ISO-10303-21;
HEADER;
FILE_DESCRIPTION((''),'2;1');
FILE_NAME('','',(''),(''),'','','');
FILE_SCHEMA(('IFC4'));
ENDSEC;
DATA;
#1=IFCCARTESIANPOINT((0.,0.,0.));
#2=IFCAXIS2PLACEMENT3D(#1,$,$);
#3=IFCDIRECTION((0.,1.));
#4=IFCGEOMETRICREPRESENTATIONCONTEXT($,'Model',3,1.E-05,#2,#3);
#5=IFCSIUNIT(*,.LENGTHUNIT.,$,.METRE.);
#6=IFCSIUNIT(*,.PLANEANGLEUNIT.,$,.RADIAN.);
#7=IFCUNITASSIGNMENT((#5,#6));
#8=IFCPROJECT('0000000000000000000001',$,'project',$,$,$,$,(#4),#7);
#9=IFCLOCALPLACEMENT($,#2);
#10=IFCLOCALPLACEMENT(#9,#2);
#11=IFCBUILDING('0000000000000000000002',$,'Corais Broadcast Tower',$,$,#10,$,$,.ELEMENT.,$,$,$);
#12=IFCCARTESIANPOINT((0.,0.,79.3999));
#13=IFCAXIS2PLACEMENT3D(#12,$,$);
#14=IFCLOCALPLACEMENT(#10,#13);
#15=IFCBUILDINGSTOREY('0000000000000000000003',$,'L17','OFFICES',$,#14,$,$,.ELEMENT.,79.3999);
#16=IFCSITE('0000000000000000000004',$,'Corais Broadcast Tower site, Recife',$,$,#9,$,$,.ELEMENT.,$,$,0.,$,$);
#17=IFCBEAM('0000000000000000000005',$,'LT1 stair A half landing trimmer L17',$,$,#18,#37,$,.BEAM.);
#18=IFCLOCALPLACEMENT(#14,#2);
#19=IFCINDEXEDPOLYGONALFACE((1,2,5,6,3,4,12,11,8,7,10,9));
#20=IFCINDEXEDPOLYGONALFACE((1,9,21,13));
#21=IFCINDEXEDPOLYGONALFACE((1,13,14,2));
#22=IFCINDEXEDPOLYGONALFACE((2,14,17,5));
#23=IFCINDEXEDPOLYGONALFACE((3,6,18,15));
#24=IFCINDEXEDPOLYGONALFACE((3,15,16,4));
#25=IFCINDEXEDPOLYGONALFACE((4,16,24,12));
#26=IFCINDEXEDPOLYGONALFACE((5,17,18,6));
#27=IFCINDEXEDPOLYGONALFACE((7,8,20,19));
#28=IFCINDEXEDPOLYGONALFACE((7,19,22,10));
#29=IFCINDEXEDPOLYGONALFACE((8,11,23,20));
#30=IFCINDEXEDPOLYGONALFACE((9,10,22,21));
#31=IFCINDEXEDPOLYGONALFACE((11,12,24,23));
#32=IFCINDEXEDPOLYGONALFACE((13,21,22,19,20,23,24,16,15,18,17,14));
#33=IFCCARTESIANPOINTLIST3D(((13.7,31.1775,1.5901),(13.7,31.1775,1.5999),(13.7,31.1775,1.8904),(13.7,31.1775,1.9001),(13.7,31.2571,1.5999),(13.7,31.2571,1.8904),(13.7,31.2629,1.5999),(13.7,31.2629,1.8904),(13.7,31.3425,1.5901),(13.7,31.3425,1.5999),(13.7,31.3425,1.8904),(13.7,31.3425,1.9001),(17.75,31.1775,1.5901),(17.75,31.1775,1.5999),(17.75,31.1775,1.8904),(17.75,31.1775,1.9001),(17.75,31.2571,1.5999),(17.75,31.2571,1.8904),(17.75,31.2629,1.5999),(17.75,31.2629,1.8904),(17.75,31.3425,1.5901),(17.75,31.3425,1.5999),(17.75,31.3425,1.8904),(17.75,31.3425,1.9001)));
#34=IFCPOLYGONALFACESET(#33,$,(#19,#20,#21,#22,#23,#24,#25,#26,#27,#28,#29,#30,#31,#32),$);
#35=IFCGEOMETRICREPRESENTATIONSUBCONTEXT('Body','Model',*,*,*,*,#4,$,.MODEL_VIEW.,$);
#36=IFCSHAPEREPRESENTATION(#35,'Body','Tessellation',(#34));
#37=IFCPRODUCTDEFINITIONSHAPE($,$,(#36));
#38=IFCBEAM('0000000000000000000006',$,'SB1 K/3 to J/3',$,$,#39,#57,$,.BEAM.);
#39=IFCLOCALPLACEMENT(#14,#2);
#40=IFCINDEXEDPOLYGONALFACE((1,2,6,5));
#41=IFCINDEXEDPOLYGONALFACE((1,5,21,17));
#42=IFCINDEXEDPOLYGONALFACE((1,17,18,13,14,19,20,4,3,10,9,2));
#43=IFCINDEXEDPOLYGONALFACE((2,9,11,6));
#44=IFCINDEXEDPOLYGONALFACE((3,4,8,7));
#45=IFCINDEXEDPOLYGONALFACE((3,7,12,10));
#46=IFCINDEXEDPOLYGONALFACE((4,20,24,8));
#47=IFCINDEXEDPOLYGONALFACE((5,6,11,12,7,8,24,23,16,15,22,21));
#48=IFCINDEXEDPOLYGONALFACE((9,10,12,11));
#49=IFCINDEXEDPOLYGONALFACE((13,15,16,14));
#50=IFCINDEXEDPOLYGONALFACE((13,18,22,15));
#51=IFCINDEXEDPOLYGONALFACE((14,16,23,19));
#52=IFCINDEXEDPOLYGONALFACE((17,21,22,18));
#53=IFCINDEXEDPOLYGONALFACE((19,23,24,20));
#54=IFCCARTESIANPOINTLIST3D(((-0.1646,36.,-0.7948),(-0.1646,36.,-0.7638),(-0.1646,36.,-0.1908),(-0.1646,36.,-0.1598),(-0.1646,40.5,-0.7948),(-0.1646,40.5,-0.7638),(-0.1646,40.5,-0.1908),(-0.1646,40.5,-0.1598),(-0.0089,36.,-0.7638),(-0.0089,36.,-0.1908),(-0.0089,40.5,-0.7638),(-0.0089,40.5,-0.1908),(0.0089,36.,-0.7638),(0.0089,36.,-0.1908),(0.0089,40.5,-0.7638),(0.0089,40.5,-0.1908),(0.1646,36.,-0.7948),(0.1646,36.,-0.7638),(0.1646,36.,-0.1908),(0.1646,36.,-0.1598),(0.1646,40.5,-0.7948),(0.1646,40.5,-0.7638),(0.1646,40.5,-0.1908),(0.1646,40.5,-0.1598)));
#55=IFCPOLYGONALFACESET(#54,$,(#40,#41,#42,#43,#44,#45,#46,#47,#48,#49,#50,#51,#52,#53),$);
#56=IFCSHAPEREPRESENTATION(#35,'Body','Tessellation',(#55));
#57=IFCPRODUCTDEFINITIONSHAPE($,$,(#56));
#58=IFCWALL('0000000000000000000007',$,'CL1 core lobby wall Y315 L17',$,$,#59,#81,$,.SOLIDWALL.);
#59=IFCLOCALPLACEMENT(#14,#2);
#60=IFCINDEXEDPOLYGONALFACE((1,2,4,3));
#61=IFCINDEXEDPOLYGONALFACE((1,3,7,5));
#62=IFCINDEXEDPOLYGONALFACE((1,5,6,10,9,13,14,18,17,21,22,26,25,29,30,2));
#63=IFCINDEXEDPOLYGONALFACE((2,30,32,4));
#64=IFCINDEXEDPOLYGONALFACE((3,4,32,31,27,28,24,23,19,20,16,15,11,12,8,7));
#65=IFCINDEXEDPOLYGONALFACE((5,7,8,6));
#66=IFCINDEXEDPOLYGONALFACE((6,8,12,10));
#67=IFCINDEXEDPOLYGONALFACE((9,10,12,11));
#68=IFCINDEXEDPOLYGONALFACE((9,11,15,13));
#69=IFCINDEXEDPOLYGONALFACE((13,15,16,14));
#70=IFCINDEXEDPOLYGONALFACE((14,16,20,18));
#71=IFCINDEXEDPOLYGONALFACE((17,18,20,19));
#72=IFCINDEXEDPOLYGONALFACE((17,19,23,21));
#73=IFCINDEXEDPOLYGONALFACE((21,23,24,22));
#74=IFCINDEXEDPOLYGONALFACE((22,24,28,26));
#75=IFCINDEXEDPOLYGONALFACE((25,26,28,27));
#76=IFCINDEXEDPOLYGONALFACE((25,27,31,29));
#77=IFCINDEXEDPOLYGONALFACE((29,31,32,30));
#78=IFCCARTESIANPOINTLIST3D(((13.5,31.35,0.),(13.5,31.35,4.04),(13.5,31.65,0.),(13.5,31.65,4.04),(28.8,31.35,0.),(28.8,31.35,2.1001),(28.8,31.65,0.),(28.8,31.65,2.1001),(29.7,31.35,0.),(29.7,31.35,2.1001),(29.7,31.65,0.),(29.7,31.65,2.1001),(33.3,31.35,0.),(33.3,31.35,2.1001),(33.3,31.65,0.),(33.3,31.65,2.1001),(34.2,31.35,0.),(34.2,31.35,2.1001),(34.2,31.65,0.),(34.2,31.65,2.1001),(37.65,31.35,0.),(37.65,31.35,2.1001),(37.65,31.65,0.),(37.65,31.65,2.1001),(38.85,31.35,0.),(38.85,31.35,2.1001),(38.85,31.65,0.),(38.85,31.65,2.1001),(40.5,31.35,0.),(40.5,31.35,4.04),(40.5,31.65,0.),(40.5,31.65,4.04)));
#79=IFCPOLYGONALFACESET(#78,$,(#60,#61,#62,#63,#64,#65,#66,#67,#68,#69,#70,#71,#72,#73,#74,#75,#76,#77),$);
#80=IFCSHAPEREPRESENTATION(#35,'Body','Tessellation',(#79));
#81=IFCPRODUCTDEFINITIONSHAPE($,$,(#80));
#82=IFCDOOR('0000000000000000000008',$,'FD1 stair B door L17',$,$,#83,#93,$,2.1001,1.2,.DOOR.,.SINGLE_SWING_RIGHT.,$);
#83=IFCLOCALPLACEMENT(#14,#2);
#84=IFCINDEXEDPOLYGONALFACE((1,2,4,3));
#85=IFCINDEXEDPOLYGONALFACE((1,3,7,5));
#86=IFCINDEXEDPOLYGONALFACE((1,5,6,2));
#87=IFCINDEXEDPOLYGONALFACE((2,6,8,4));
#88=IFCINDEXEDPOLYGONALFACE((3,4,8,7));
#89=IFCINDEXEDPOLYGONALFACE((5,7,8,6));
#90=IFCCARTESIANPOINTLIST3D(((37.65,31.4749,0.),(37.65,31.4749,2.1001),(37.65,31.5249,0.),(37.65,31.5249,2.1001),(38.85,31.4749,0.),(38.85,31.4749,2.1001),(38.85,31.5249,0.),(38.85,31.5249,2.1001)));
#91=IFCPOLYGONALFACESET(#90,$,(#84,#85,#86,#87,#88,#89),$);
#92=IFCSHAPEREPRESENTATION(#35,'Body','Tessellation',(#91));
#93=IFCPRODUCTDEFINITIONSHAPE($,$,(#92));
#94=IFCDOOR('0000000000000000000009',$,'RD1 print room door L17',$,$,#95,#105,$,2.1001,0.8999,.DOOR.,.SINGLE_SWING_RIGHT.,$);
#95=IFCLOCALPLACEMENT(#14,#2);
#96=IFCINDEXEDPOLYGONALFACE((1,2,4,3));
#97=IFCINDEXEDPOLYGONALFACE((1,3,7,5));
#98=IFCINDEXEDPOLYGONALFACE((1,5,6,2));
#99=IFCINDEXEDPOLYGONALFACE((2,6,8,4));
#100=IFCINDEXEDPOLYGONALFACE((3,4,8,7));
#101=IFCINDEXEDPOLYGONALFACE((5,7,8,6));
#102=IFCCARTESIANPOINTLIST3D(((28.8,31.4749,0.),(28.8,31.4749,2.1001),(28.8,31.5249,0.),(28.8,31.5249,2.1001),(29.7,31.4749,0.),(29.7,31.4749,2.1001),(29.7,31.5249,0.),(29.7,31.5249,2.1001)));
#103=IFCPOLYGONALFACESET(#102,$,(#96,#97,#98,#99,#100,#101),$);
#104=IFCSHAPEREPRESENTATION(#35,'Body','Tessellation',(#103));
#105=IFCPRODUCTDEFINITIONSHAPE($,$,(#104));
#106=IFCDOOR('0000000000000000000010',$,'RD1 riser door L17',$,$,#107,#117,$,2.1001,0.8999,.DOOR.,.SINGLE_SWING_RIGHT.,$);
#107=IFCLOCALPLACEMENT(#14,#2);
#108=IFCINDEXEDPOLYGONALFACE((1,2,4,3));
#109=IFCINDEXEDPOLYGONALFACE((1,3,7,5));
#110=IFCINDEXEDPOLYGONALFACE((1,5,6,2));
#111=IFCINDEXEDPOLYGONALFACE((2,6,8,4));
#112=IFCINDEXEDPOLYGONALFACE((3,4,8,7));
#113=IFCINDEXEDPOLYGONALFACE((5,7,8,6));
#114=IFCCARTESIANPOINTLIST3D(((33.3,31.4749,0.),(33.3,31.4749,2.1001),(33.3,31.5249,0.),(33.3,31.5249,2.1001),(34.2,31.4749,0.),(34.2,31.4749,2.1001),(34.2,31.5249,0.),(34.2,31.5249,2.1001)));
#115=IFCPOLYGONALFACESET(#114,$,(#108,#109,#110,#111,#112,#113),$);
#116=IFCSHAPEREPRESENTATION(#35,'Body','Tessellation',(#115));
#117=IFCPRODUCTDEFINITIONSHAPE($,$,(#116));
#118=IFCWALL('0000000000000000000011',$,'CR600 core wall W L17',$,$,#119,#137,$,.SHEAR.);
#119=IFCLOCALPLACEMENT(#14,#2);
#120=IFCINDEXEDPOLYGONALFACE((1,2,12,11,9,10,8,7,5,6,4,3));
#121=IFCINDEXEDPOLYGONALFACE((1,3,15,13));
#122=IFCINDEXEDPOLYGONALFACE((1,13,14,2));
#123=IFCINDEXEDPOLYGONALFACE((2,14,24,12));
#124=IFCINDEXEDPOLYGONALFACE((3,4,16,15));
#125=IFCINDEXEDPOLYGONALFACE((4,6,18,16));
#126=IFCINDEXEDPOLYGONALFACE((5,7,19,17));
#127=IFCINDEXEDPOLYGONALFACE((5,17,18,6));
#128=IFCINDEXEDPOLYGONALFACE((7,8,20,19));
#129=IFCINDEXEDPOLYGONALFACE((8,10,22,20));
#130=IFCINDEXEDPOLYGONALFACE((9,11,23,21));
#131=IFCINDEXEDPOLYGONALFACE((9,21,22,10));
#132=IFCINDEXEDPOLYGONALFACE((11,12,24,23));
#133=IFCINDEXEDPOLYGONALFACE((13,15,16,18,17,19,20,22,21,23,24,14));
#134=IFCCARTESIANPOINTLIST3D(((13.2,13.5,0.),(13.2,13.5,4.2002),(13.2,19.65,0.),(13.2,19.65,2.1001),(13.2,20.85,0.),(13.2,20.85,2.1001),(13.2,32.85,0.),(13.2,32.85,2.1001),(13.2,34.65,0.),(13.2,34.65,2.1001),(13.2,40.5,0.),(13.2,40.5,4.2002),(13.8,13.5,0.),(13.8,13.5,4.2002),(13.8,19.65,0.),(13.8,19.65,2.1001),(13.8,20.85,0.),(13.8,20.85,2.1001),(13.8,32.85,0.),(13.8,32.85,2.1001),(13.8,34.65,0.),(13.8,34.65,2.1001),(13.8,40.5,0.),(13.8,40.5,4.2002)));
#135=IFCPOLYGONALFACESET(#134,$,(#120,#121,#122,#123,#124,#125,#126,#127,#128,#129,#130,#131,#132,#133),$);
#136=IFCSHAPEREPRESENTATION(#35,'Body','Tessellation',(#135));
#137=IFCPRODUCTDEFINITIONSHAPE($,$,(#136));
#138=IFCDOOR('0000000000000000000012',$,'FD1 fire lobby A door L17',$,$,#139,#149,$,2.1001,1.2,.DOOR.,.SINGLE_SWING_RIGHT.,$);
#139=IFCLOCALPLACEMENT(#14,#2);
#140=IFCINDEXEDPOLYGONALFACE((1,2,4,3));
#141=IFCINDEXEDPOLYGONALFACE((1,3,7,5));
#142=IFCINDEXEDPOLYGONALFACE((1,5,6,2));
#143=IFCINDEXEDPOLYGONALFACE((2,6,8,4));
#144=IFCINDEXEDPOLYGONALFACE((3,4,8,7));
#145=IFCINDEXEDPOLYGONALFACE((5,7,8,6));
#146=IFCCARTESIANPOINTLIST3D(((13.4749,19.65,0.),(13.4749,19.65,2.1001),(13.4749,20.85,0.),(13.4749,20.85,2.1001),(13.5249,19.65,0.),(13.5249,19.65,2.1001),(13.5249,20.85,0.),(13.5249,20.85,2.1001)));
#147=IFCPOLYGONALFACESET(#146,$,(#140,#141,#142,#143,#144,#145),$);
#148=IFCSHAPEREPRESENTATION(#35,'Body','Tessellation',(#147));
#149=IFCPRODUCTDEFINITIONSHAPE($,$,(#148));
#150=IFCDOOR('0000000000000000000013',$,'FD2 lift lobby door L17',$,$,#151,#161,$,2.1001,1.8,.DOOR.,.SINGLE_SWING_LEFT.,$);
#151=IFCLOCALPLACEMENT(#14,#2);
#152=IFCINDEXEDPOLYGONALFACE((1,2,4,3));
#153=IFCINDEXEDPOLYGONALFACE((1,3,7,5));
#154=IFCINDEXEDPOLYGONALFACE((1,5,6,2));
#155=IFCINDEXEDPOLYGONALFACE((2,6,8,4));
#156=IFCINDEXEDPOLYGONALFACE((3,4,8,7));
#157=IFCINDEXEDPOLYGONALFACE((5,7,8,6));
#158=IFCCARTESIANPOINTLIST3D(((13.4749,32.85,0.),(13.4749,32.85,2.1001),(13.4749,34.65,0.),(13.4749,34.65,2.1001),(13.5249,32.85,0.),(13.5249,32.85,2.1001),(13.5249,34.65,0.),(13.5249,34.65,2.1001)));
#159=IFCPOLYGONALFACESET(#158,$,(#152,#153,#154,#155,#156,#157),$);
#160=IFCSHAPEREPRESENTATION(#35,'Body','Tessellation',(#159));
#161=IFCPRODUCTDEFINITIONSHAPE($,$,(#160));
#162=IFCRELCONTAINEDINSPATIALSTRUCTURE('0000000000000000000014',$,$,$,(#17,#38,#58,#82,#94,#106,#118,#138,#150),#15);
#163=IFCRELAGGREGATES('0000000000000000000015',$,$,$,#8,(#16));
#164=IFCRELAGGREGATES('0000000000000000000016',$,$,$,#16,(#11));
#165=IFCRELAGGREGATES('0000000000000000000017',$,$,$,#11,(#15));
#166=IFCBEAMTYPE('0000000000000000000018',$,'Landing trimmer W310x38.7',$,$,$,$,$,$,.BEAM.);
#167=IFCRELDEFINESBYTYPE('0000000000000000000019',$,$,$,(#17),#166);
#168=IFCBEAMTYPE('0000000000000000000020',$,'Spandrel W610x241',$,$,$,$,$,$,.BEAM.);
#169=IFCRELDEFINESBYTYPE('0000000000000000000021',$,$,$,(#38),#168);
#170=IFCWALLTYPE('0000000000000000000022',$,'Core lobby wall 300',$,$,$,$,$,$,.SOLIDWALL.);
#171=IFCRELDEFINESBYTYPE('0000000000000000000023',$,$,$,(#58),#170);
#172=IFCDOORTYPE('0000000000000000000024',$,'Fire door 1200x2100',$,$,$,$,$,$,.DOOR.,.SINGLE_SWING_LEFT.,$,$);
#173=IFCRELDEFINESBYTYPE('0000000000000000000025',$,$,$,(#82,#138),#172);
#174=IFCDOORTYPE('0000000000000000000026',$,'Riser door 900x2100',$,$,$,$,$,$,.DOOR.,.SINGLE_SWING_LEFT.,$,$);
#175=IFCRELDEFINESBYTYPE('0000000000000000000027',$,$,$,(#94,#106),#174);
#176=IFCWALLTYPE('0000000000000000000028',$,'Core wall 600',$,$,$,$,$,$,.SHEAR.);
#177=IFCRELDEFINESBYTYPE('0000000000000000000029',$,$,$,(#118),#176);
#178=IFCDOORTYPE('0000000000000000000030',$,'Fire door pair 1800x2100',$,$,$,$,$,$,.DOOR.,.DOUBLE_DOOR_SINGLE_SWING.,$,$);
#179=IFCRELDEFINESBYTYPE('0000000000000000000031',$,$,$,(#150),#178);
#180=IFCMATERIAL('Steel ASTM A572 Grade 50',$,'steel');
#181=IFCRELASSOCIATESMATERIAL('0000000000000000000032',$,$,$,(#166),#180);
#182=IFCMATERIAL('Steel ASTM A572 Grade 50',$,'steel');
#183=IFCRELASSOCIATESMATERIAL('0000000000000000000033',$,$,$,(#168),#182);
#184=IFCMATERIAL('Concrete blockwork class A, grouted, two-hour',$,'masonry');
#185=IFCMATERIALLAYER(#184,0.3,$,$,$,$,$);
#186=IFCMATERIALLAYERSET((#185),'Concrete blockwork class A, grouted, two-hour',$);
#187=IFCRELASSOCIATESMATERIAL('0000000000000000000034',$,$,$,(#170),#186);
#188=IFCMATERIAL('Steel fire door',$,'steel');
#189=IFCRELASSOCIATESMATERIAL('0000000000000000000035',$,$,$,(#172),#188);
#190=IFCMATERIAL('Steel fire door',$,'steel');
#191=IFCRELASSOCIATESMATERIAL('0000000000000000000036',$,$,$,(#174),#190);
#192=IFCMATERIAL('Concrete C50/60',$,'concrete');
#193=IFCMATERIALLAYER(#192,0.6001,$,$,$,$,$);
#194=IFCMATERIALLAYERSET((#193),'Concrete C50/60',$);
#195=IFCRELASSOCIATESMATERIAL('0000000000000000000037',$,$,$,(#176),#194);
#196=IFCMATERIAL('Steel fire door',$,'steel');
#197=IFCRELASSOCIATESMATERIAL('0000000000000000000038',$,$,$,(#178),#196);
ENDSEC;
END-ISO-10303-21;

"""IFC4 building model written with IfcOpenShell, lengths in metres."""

from ifc_helpers import new_model, si_unit, direction, frame, frame_2d, origin, origin_2d, place, context, subcontext, project, spatial, rectangle, i_section, extrude, material, layer, layer_set, material_profile, profile_set, type_object, element, fill, save


model = new_model("IFC4")

# Units and contexts
model_context = context("Model", 3, precision=1e-05, world=origin(), true_north=direction((0.0, 1.0)))
body_context = subcontext(model_context, "Body", "Model", "MODEL_VIEW")
ifc_project = project(units=[si_unit("LENGTHUNIT", "METRE"), si_unit("PLANEANGLEUNIT", "RADIAN")], contexts=[model_context])

# Site, building, storey
site_placement = place(None, origin())
site = spatial("IfcSite", under=ifc_project, at=site_placement, Name="Corais Broadcast Tower site, Recife", CompositionType="ELEMENT", RefElevation=0.0)
building_placement = place(site_placement, origin())
building = spatial("IfcBuilding", under=site, at=building_placement, Name="Corais Broadcast Tower", CompositionType="ELEMENT")
storey_placement = place(building_placement, frame((0.0, 0.0, 79.3999)))
storey = spatial("IfcBuildingStorey", under=building, at=storey_placement, Name="L17", Description="OFFICES", CompositionType="ELEMENT", Elevation=79.3999)

# Beams
ifc_material_1 = material(Name="Steel ASTM A572 Grade 50", Category="steel")
ifc_material_profile_1 = material_profile(ifc_material_1, i_section(OverallWidth=0.165, OverallDepth=0.3101, WebThickness=0.0059, FlangeThickness=0.0098, at=origin_2d()), Name="W310x38.7")
ifc_profile_set_1 = profile_set([ifc_material_profile_1], Name="Steel ASTM A572 Grade 50")
beam_type_1 = type_object("IfcBeamType", Name="Landing trimmer W310x38.7", PredefinedType="BEAM", material=ifc_profile_set_1)
beam_1_placement = place(storey_placement, frame((13.7, 31.26, 1.7451), z_axis=(1.0, 0.0, 0.0), x_axis=(0.0, 1.0, 0.0)))
element("IfcBeam", 1, at=beam_1_placement, inside=storey, type_object=beam_type_1, Name="LT1 stair A half landing trimmer L17", PredefinedType="BEAM", context=body_context, shape_type="SweptSolid", body=[
    extrude(i_section(OverallWidth=0.165, OverallDepth=0.3101, WebThickness=0.0059, FlangeThickness=0.0098, at=origin_2d()), origin(), (0.0, 0.0, 1.0), 4.05),
])
ifc_material_2 = material(Name="Steel ASTM A572 Grade 50", Category="steel")
ifc_material_profile_2 = material_profile(ifc_material_2, i_section(OverallWidth=0.3291, OverallDepth=0.635, WebThickness=0.0178, FlangeThickness=0.031, at=origin_2d()), Name="W610x241")
ifc_profile_set_2 = profile_set([ifc_material_profile_2], Name="Steel ASTM A572 Grade 50")
beam_type_2 = type_object("IfcBeamType", Name="Spandrel W610x241", PredefinedType="BEAM", material=ifc_profile_set_2)
beam_2_placement = place(storey_placement, frame((0.0, 40.5, -0.4773), z_axis=(0.0, -1.0, 0.0), x_axis=(1.0, 0.0, 0.0)))
element("IfcBeam", 2, at=beam_2_placement, inside=storey, type_object=beam_type_2, Name="SB1 K/3 to J/3", PredefinedType="BEAM", context=body_context, shape_type="SweptSolid", body=[
    extrude(i_section(OverallWidth=0.3291, OverallDepth=0.635, WebThickness=0.0178, FlangeThickness=0.031, at=origin_2d()), origin(), (0.0, 0.0, 1.0), 4.5),
])

# Walls, openings, doors
ifc_material_3 = material(Name="Concrete blockwork class A, grouted, two-hour", Category="masonry")
ifc_layer_1 = layer(ifc_material_3, 0.3)
ifc_layer_set_1 = layer_set([ifc_layer_1], Name="Concrete blockwork class A, grouted, two-hour")
wall_type_1 = type_object("IfcWallType", Name="Core lobby wall 300", PredefinedType="SOLIDWALL", material=ifc_layer_set_1)
wall_1_placement = place(storey_placement, frame((13.5, 31.5, 0.0), z_axis=(0.0, 0.0, 1.0), x_axis=(1.0, 0.0, 0.0)))
wall_1 = element("IfcWall", 3, at=wall_1_placement, inside=storey, type_object=wall_type_1, Name="CL1 core lobby wall Y315 L17", PredefinedType="SOLIDWALL", context=body_context, shape_type="SweptSolid", body=[
    extrude(rectangle(XDim=27.0, YDim=0.3, at=frame_2d((13.5, 0.0))), origin(), (0.0, 0.0, 1.0), 4.04),
])
opening_1_placement = place(wall_1_placement, frame((24.1499, 0.0, 0.0)))
opening_1 = element("IfcOpeningElement", 4, at=opening_1_placement, cuts=wall_1, PredefinedType="OPENING", context=body_context, shape_type="SweptSolid", body=[
    extrude(rectangle(XDim=1.2, YDim=2.1001, at=frame_2d((0.6001, 1.05))), frame((0.0, 0.1599, 0.0), z_axis=(0.0, -1.0, 0.0), x_axis=(1.0, 0.0, 0.0)), (0.0, 0.0, 1.0), 0.3201),
])
opening_2_placement = place(wall_1_placement, frame((15.3, 0.0, 0.0)))
opening_2 = element("IfcOpeningElement", 5, at=opening_2_placement, cuts=wall_1, PredefinedType="OPENING", context=body_context, shape_type="SweptSolid", body=[
    extrude(rectangle(XDim=0.8999, YDim=2.1001, at=frame_2d((0.45, 1.05))), frame((0.0, 0.1599, 0.0), z_axis=(0.0, -1.0, 0.0), x_axis=(1.0, 0.0, 0.0)), (0.0, 0.0, 1.0), 0.3201),
])
opening_3_placement = place(wall_1_placement, frame((19.8, 0.0, 0.0)))
opening_3 = element("IfcOpeningElement", 6, at=opening_3_placement, cuts=wall_1, PredefinedType="OPENING", context=body_context, shape_type="SweptSolid", body=[
    extrude(rectangle(XDim=0.8999, YDim=2.1001, at=frame_2d((0.45, 1.05))), frame((0.0, 0.1599, 0.0), z_axis=(0.0, -1.0, 0.0), x_axis=(1.0, 0.0, 0.0)), (0.0, 0.0, 1.0), 0.3201),
])
ifc_material_4 = material(Name="Steel fire door", Category="steel")
door_type_1 = type_object("IfcDoorType", Name="Fire door 1200x2100", OperationType="SINGLE_SWING_LEFT", PredefinedType="DOOR", material=ifc_material_4)
door_1_placement = place(opening_1_placement, origin())
door_1 = element("IfcDoor", 7, at=door_1_placement, inside=storey, type_object=door_type_1, Name="FD1 stair B door L17", OperationType="SINGLE_SWING_RIGHT", OverallHeight=2.1001, OverallWidth=1.2, PredefinedType="DOOR", context=body_context, shape_type="SweptSolid", body=[
    extrude(rectangle(XDim=1.2, YDim=2.1001, at=frame_2d((0.6001, 1.05))), frame((0.0, 0.0249, 0.0), z_axis=(0.0, -1.0, 0.0), x_axis=(1.0, 0.0, 0.0)), (0.0, 0.0, 1.0), 0.05),
])
fill(opening_1, door_1)
ifc_material_5 = material(Name="Steel fire door", Category="steel")
door_type_2 = type_object("IfcDoorType", Name="Riser door 900x2100", OperationType="SINGLE_SWING_LEFT", PredefinedType="DOOR", material=ifc_material_5)
door_2_placement = place(opening_2_placement, origin())
door_2 = element("IfcDoor", 8, at=door_2_placement, inside=storey, type_object=door_type_2, Name="RD1 print room door L17", OperationType="SINGLE_SWING_RIGHT", OverallHeight=2.1001, OverallWidth=0.8999, PredefinedType="DOOR", context=body_context, shape_type="SweptSolid", body=[
    extrude(rectangle(XDim=0.8999, YDim=2.1001, at=frame_2d((0.45, 1.05))), frame((0.0, 0.0249, 0.0), z_axis=(0.0, -1.0, 0.0), x_axis=(1.0, 0.0, 0.0)), (0.0, 0.0, 1.0), 0.05),
])
fill(opening_2, door_2)
door_3_placement = place(opening_3_placement, origin())
door_3 = element("IfcDoor", 9, at=door_3_placement, inside=storey, type_object=door_type_2, Name="RD1 riser door L17", OperationType="SINGLE_SWING_RIGHT", OverallHeight=2.1001, OverallWidth=0.8999, PredefinedType="DOOR", context=body_context, shape_type="SweptSolid", body=[
    extrude(rectangle(XDim=0.8999, YDim=2.1001, at=frame_2d((0.45, 1.05))), frame((0.0, 0.0249, 0.0), z_axis=(0.0, -1.0, 0.0), x_axis=(1.0, 0.0, 0.0)), (0.0, 0.0, 1.0), 0.05),
])
fill(opening_3, door_3)
ifc_material_6 = material(Name="Concrete C50/60", Category="concrete")
ifc_layer_2 = layer(ifc_material_6, 0.6001)
ifc_layer_set_2 = layer_set([ifc_layer_2], Name="Concrete C50/60")
wall_type_2 = type_object("IfcWallType", Name="Core wall 600", PredefinedType="SHEAR", material=ifc_layer_set_2)
wall_2_placement = place(storey_placement, frame((13.5, 40.5, 0.0), z_axis=(0.0, 0.0, 1.0), x_axis=(0.0, -1.0, 0.0)))
wall_2 = element("IfcWall", 10, at=wall_2_placement, inside=storey, type_object=wall_type_2, Name="CR600 core wall W L17", PredefinedType="SHEAR", context=body_context, shape_type="SweptSolid", body=[
    extrude(rectangle(XDim=27.0, YDim=0.6001, at=frame_2d((13.5, 0.0))), origin(), (0.0, 0.0, 1.0), 4.2002),
])
opening_4_placement = place(wall_2_placement, frame((19.6499, 0.0, 0.0)))
opening_4 = element("IfcOpeningElement", 11, at=opening_4_placement, cuts=wall_2, PredefinedType="OPENING", context=body_context, shape_type="SweptSolid", body=[
    extrude(rectangle(XDim=1.2, YDim=2.1001, at=frame_2d((0.6001, 1.05))), frame((0.0, 0.3101, 0.0), z_axis=(0.0, -1.0, 0.0), x_axis=(1.0, 0.0, 0.0)), (0.0, 0.0, 1.0), 0.6201),
])
opening_5_placement = place(wall_2_placement, frame((5.8501, 0.0, 0.0)))
opening_5 = element("IfcOpeningElement", 12, at=opening_5_placement, cuts=wall_2, PredefinedType="OPENING", context=body_context, shape_type="SweptSolid", body=[
    extrude(rectangle(XDim=1.8, YDim=2.1001, at=frame_2d((0.8999, 1.05))), frame((0.0, 0.3101, 0.0), z_axis=(0.0, -1.0, 0.0), x_axis=(1.0, 0.0, 0.0)), (0.0, 0.0, 1.0), 0.6201),
])
door_4_placement = place(opening_4_placement, origin())
door_4 = element("IfcDoor", 13, at=door_4_placement, inside=storey, type_object=door_type_1, Name="FD1 fire lobby A door L17", OperationType="SINGLE_SWING_RIGHT", OverallHeight=2.1001, OverallWidth=1.2, PredefinedType="DOOR", context=body_context, shape_type="SweptSolid", body=[
    extrude(rectangle(XDim=1.2, YDim=2.1001, at=frame_2d((0.6001, 1.05))), frame((0.0, 0.0249, 0.0), z_axis=(0.0, -1.0, 0.0), x_axis=(1.0, 0.0, 0.0)), (0.0, 0.0, 1.0), 0.05),
])
fill(opening_4, door_4)
ifc_material_7 = material(Name="Steel fire door", Category="steel")
door_type_3 = type_object("IfcDoorType", Name="Fire door pair 1800x2100", OperationType="DOUBLE_DOOR_SINGLE_SWING", PredefinedType="DOOR", material=ifc_material_7)
door_5_placement = place(opening_5_placement, origin())
door_5 = element("IfcDoor", 14, at=door_5_placement, inside=storey, type_object=door_type_3, Name="FD2 lift lobby door L17", OperationType="SINGLE_SWING_LEFT", OverallHeight=2.1001, OverallWidth=1.8, PredefinedType="DOOR", context=body_context, shape_type="SweptSolid", body=[
    extrude(rectangle(XDim=1.8, YDim=2.1001, at=frame_2d((0.8999, 1.05))), frame((0.0, 0.0249, 0.0), z_axis=(0.0, -1.0, 0.0), x_axis=(1.0, 0.0, 0.0)), (0.0, 0.0, 1.0), 0.05),
])
fill(opening_5, door_5)

save(model, "model.ifc")
